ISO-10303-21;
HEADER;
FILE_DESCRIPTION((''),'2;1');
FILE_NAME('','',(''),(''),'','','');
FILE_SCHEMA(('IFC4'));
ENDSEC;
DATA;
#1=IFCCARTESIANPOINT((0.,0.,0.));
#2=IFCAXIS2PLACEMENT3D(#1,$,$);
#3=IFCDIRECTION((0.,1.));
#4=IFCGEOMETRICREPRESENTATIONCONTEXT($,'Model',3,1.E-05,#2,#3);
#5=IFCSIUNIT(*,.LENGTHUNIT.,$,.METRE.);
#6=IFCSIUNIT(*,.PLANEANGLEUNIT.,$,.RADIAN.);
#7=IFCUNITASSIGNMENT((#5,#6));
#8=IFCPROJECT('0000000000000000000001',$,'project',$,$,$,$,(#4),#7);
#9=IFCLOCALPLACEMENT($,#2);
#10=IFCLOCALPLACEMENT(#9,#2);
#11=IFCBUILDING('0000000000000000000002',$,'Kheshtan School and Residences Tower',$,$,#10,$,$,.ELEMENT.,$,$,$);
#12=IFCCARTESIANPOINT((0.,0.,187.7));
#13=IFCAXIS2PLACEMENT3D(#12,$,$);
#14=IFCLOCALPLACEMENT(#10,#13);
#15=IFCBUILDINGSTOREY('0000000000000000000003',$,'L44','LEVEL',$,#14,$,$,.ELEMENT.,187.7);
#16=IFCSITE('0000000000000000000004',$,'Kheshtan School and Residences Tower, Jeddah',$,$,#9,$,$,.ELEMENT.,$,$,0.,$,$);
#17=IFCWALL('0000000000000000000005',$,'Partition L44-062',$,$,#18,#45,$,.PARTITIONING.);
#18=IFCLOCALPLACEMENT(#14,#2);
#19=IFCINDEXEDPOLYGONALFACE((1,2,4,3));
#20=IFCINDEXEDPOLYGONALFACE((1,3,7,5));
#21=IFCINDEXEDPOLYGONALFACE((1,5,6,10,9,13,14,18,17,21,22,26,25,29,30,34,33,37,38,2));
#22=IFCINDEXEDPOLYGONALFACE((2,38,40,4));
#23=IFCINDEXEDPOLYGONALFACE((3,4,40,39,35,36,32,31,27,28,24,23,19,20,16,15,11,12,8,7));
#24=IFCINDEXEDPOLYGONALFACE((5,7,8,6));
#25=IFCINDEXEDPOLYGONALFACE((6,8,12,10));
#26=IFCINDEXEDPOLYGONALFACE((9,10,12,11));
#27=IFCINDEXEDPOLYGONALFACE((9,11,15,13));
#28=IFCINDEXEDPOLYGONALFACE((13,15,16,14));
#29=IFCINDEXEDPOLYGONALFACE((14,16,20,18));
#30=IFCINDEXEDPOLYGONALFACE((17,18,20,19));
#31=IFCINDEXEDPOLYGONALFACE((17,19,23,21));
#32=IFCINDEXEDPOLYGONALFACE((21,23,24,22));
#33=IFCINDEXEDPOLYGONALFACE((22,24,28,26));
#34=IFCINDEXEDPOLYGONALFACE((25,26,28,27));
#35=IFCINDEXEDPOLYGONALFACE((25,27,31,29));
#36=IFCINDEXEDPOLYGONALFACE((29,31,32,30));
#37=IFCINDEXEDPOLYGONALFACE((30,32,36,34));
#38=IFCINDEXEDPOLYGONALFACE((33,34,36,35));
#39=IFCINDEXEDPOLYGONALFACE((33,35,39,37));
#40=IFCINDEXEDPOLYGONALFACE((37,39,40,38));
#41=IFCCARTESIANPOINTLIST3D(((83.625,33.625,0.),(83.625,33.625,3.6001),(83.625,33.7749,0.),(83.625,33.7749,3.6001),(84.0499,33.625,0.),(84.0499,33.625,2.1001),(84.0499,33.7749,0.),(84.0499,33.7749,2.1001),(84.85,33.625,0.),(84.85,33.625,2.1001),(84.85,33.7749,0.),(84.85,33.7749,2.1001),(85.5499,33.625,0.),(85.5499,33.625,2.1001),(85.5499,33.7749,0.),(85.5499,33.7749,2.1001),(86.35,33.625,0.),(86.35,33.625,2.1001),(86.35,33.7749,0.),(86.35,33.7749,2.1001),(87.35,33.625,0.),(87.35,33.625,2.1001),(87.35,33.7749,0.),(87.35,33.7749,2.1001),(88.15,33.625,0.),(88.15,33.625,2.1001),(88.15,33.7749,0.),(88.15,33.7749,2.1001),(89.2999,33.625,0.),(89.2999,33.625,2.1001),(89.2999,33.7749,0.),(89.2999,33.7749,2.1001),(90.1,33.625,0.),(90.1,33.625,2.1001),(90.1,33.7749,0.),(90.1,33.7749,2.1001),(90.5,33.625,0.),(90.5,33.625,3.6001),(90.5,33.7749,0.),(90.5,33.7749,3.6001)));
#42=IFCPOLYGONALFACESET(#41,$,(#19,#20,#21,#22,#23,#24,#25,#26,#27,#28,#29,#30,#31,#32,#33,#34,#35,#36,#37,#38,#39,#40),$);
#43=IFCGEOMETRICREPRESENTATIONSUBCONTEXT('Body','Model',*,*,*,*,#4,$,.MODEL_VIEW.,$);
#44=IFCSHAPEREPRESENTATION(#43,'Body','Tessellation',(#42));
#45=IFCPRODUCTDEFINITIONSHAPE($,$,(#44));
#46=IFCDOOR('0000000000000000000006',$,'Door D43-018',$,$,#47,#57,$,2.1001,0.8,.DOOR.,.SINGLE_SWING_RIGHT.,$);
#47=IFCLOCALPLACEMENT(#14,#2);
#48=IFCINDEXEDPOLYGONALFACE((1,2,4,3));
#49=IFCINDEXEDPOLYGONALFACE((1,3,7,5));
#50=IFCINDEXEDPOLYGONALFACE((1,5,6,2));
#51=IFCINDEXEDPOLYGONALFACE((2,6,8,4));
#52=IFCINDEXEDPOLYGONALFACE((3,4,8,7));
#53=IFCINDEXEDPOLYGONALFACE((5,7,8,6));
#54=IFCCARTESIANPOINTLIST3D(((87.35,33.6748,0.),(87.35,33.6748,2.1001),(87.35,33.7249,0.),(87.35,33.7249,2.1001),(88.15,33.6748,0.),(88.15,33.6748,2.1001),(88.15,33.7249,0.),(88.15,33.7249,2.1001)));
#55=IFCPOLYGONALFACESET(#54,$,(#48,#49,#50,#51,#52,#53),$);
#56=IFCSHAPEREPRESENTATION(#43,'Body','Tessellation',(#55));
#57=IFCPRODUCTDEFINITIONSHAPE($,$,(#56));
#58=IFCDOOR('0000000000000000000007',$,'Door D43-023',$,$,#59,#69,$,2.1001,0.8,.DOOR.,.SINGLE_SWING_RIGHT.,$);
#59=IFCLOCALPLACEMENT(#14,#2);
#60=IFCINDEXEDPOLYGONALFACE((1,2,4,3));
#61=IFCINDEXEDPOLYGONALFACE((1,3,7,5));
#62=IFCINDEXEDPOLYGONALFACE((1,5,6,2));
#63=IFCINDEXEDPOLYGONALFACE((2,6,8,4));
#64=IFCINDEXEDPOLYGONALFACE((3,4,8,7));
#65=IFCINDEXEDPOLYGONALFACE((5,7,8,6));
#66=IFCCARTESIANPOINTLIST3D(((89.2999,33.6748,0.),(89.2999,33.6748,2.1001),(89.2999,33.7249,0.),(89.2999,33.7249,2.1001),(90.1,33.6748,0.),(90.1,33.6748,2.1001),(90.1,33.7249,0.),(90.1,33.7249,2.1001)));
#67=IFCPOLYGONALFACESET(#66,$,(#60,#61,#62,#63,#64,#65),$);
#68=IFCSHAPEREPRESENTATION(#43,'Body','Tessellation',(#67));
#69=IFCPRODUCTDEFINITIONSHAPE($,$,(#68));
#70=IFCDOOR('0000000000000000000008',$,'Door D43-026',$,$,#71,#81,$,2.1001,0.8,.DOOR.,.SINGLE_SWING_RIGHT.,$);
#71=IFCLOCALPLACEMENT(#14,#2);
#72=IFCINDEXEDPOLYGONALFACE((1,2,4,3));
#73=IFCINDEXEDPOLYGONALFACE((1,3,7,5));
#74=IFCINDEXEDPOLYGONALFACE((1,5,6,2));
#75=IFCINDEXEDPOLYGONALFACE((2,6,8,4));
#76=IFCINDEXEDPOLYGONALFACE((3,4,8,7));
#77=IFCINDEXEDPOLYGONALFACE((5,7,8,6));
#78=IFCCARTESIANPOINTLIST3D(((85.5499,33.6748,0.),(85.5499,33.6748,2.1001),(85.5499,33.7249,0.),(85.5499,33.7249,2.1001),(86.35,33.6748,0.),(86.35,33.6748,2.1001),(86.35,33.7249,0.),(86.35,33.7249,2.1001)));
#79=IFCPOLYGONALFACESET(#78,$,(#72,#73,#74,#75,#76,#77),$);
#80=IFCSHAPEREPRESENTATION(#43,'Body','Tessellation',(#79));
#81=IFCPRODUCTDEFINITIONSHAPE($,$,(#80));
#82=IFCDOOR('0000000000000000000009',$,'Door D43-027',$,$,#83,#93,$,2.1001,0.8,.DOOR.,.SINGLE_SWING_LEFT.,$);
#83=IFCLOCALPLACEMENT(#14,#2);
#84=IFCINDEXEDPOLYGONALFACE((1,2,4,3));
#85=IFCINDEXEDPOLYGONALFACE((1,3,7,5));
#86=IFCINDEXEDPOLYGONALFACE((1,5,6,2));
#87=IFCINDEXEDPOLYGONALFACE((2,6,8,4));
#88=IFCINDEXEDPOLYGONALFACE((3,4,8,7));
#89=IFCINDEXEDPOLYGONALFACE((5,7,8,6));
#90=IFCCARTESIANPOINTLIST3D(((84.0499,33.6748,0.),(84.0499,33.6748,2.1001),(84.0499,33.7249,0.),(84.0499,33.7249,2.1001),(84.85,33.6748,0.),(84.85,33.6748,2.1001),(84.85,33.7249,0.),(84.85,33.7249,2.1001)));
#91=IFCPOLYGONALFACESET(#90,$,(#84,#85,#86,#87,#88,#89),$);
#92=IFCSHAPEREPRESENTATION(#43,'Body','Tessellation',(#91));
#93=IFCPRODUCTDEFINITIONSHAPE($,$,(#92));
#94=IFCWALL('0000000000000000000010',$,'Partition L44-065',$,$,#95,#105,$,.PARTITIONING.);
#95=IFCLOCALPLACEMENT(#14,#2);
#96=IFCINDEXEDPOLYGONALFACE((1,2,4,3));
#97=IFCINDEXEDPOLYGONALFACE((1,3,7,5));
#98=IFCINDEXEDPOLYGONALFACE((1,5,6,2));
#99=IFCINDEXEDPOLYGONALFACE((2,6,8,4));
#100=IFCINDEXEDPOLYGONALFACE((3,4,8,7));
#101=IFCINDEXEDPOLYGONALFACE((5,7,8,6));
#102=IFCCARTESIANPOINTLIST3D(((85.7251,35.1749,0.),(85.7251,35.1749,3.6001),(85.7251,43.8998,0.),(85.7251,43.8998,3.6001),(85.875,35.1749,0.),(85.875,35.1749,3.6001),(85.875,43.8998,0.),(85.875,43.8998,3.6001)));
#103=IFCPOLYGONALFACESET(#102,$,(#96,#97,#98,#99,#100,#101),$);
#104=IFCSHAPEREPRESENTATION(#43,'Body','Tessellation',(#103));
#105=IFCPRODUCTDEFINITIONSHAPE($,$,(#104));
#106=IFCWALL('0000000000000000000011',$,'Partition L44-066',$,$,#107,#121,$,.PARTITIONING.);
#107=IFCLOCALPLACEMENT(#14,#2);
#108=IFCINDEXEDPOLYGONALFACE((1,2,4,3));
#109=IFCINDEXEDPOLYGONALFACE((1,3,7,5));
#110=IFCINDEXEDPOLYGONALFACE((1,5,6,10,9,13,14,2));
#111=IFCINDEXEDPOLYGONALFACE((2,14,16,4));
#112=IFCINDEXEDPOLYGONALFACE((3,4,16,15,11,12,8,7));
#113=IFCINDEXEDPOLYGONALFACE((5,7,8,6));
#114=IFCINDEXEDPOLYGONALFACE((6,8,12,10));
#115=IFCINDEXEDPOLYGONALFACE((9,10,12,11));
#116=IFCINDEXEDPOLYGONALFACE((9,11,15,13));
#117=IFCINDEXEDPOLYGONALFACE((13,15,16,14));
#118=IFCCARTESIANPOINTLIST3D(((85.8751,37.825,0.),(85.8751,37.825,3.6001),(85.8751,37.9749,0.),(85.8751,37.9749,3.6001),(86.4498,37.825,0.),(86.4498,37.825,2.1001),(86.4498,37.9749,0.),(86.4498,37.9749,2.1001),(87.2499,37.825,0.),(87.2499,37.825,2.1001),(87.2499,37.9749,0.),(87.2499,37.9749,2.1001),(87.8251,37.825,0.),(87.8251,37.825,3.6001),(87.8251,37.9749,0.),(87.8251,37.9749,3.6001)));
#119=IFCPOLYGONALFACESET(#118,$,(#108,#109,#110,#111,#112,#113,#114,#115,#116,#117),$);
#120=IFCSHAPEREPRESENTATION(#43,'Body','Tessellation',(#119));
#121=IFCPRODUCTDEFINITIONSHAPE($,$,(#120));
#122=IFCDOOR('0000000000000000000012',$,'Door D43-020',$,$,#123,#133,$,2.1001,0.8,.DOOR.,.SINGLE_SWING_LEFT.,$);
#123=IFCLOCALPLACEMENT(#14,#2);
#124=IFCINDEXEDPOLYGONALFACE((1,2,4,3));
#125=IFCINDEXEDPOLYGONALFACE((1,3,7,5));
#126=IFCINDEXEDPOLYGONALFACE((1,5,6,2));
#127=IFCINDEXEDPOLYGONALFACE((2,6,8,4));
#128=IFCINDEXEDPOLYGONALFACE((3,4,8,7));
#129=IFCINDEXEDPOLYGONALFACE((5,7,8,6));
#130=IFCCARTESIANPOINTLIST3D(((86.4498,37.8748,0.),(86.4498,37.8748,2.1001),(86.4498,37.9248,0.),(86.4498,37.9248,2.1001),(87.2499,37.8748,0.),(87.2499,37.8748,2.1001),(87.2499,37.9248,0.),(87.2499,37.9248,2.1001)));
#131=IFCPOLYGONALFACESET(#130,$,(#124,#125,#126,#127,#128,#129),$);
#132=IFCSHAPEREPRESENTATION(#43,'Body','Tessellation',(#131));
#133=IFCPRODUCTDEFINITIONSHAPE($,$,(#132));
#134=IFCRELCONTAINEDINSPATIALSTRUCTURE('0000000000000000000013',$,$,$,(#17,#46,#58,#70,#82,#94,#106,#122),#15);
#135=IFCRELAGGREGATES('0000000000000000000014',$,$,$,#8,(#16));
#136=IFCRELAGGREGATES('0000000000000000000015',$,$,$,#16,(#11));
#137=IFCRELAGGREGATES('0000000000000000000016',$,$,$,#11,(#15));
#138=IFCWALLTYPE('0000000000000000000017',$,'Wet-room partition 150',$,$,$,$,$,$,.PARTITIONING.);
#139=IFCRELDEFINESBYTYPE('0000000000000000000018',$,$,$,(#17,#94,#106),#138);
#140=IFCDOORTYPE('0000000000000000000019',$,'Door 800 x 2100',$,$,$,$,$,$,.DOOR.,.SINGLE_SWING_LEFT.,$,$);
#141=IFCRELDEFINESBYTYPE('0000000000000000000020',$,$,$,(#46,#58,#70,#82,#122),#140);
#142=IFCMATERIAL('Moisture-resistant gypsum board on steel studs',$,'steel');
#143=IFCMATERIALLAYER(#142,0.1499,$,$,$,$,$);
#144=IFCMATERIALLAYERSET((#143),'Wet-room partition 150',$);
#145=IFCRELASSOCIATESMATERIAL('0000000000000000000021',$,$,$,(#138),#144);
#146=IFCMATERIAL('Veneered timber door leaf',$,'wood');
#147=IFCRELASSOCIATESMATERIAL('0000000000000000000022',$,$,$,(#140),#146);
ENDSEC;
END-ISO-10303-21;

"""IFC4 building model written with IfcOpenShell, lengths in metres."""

from ifc_helpers import new_model, si_unit, direction, frame, frame_2d, origin, place, context, subcontext, project, spatial, rectangle, extrude, source, transform, mapped, material, layer, layer_set, type_object, element, fill, save


model = new_model("IFC4")

# Units and contexts
model_context = context("Model", 3, precision=1e-05, world=origin(), true_north=direction((0.0, 1.0)))
body_context = subcontext(model_context, "Body", "Model", "MODEL_VIEW")
ifc_project = project(units=[si_unit("LENGTHUNIT", "METRE"), si_unit("PLANEANGLEUNIT", "RADIAN")], contexts=[model_context])

# Site, building, storey
site_placement = place(None, origin())
site = spatial("IfcSite", under=ifc_project, at=site_placement, Name="Kheshtan School and Residences Tower, Jeddah", CompositionType="ELEMENT", RefElevation=0.0)
building_placement = place(site_placement, origin())
building = spatial("IfcBuilding", under=site, at=building_placement, Name="Kheshtan School and Residences Tower", CompositionType="ELEMENT")
storey_placement = place(building_placement, frame((0.0, 0.0, 187.7)))
storey = spatial("IfcBuildingStorey", under=building, at=storey_placement, Name="L44", Description="LEVEL", CompositionType="ELEMENT", Elevation=187.7)

# Wall, openings, doors
ifc_material_1 = material(Name="Moisture-resistant gypsum board on steel studs", Category="steel")
ifc_layer_1 = layer(ifc_material_1, 0.1499)
ifc_layer_set_1 = layer_set([ifc_layer_1], Name="Wet-room partition 150")
wall_type_1 = type_object("IfcWallType", Name="Wet-room partition 150", PredefinedType="PARTITIONING", material=ifc_layer_set_1)
ifc_material_2 = material(Name="Veneered timber door leaf", Category="wood")
wall_1_placement = place(storey_placement, frame((83.625, 33.7, 0.0), z_axis=(0.0, 0.0, 1.0), x_axis=(1.0, 0.0, 0.0)))
wall_1 = element("IfcWall", 1, at=wall_1_placement, inside=storey, type_object=wall_type_1, Name="Partition L44-062", PredefinedType="PARTITIONING", context=body_context, shape_type="SweptSolid", body=[
    extrude(rectangle(XDim=6.875, YDim=0.1499, at=frame_2d((3.4375, 0.0))), origin(), (0.0, 0.0, 1.0), 3.6001),
])
opening_1_placement = place(wall_1_placement, frame((3.7251, 0.0, 0.0)))
opening_1 = element("IfcOpeningElement", 2, at=opening_1_placement, cuts=wall_1, PredefinedType="OPENING", context=body_context, shape_type="SweptSolid", body=[
    extrude(rectangle(XDim=0.8, YDim=2.1001, at=frame_2d((0.3999, 1.05))), frame((0.0, 0.085, 0.0), z_axis=(0.0, -1.0, 0.0), x_axis=(1.0, 0.0, 0.0)), (0.0, 0.0, 1.0), 0.1699),
])
opening_2_placement = place(wall_1_placement, frame((5.675, 0.0, 0.0)))
opening_2 = element("IfcOpeningElement", 3, at=opening_2_placement, cuts=wall_1, PredefinedType="OPENING", context=body_context, shape_type="SweptSolid", body=[
    extrude(rectangle(XDim=0.8, YDim=2.1001, at=frame_2d((0.3999, 1.05))), frame((0.0, 0.085, 0.0), z_axis=(0.0, -1.0, 0.0), x_axis=(1.0, 0.0, 0.0)), (0.0, 0.0, 1.0), 0.1699),
])
opening_3_placement = place(wall_1_placement, frame((1.925, 0.0, 0.0)))
opening_3 = element("IfcOpeningElement", 4, at=opening_3_placement, cuts=wall_1, PredefinedType="OPENING", context=body_context, shape_type="SweptSolid", body=[
    extrude(rectangle(XDim=0.8, YDim=2.1001, at=frame_2d((0.3999, 1.05))), frame((0.0, 0.085, 0.0), z_axis=(0.0, -1.0, 0.0), x_axis=(1.0, 0.0, 0.0)), (0.0, 0.0, 1.0), 0.1699),
])
opening_4_placement = place(wall_1_placement, frame((0.425, 0.0, 0.0)))
opening_4 = element("IfcOpeningElement", 5, at=opening_4_placement, cuts=wall_1, PredefinedType="OPENING", context=body_context, shape_type="SweptSolid", body=[
    extrude(rectangle(XDim=0.8, YDim=2.1001, at=frame_2d((0.3999, 1.05))), frame((0.0, 0.085, 0.0), z_axis=(0.0, -1.0, 0.0), x_axis=(1.0, 0.0, 0.0)), (0.0, 0.0, 1.0), 0.1699),
])
door_type_1 = type_object("IfcDoorType", Name="Door 800 x 2100", OperationType="SINGLE_SWING_LEFT", PredefinedType="DOOR", material=ifc_material_2)
shared_shape_1 = source(origin(), body_context, "Body", "SweptSolid", [
    extrude(rectangle(XDim=0.8, YDim=2.1001, at=frame_2d((0.3999, 1.05))), frame((0.0, 0.0249, 0.0), z_axis=(0.0, -1.0, 0.0), x_axis=(1.0, 0.0, 0.0)), (0.0, 0.0, 1.0), 0.05),
])
door_1_placement = place(opening_1_placement, origin())
door_1 = element("IfcDoor", 6, at=door_1_placement, inside=storey, type_object=door_type_1, Name="Door D43-018", OperationType="SINGLE_SWING_RIGHT", OverallHeight=2.1001, OverallWidth=0.8, PredefinedType="DOOR", context=body_context, shape_type="MappedRepresentation", body=[
    mapped(shared_shape_1, transform((0.0, 0.0, 0.0), x_axis=(1.0, 0.0, 0.0), y_axis=(0.0, 1.0, 0.0), z_axis=(0.0, 0.0, 1.0), scale=1.0)),
])
fill(opening_1, door_1)
door_2_placement = place(opening_2_placement, origin())
door_2 = element("IfcDoor", 7, at=door_2_placement, inside=storey, type_object=door_type_1, Name="Door D43-023", OperationType="SINGLE_SWING_RIGHT", OverallHeight=2.1001, OverallWidth=0.8, PredefinedType="DOOR", context=body_context, shape_type="MappedRepresentation", body=[
    mapped(shared_shape_1, transform((0.0, 0.0, 0.0), x_axis=(1.0, 0.0, 0.0), y_axis=(0.0, 1.0, 0.0), z_axis=(0.0, 0.0, 1.0), scale=1.0)),
])
fill(opening_2, door_2)
door_3_placement = place(opening_3_placement, origin())
door_3 = element("IfcDoor", 8, at=door_3_placement, inside=storey, type_object=door_type_1, Name="Door D43-026", OperationType="SINGLE_SWING_RIGHT", OverallHeight=2.1001, OverallWidth=0.8, PredefinedType="DOOR", context=body_context, shape_type="MappedRepresentation", body=[
    mapped(shared_shape_1, transform((0.0, 0.0, 0.0), x_axis=(1.0, 0.0, 0.0), y_axis=(0.0, 1.0, 0.0), z_axis=(0.0, 0.0, 1.0), scale=1.0)),
])
fill(opening_3, door_3)
door_4_placement = place(opening_4_placement, origin())
door_4 = element("IfcDoor", 9, at=door_4_placement, inside=storey, type_object=door_type_1, Name="Door D43-027", OperationType="SINGLE_SWING_LEFT", OverallHeight=2.1001, OverallWidth=0.8, PredefinedType="DOOR", context=body_context, shape_type="MappedRepresentation", body=[
    mapped(shared_shape_1, transform((0.0, 0.0, 0.0), x_axis=(1.0, 0.0, 0.0), y_axis=(0.0, 1.0, 0.0), z_axis=(0.0, 0.0, 1.0), scale=1.0)),
])
fill(opening_4, door_4)

# Wall
wall_2_placement = place(storey_placement, frame((85.8, 35.175, 0.0), z_axis=(0.0, 0.0, 1.0), x_axis=(0.0, 1.0, 0.0)))
element("IfcWall", 10, at=wall_2_placement, inside=storey, type_object=wall_type_1, Name="Partition L44-065", PredefinedType="PARTITIONING", context=body_context, shape_type="SweptSolid", body=[
    extrude(rectangle(XDim=8.7249, YDim=0.1499, at=frame_2d((4.3623, 0.0))), origin(), (0.0, 0.0, 1.0), 3.6001),
])

# Wall, opening, door
wall_3_placement = place(storey_placement, frame((85.875, 37.8999, 0.0), z_axis=(0.0, 0.0, 1.0), x_axis=(1.0, 0.0, 0.0)))
wall_3 = element("IfcWall", 11, at=wall_3_placement, inside=storey, type_object=wall_type_1, Name="Partition L44-066", PredefinedType="PARTITIONING", context=body_context, shape_type="SweptSolid", body=[
    extrude(rectangle(XDim=1.95, YDim=0.1499, at=frame_2d((0.9751, 0.0))), origin(), (0.0, 0.0, 1.0), 3.6001),
])
opening_5_placement = place(wall_3_placement, frame((0.575, 0.0, 0.0)))
opening_5 = element("IfcOpeningElement", 12, at=opening_5_placement, cuts=wall_3, PredefinedType="OPENING", context=body_context, shape_type="SweptSolid", body=[
    extrude(rectangle(XDim=0.8, YDim=2.1001, at=frame_2d((0.3999, 1.05))), frame((0.0, 0.085, 0.0), z_axis=(0.0, -1.0, 0.0), x_axis=(1.0, 0.0, 0.0)), (0.0, 0.0, 1.0), 0.1699),
])
door_5_placement = place(opening_5_placement, origin())
door_5 = element("IfcDoor", 13, at=door_5_placement, inside=storey, type_object=door_type_1, Name="Door D43-020", OperationType="SINGLE_SWING_LEFT", OverallHeight=2.1001, OverallWidth=0.8, PredefinedType="DOOR", context=body_context, shape_type="MappedRepresentation", body=[
    mapped(shared_shape_1, transform((0.0, 0.0, 0.0), x_axis=(1.0, 0.0, 0.0), y_axis=(0.0, 1.0, 0.0), z_axis=(0.0, 0.0, 1.0), scale=1.0)),
])
fill(opening_5, door_5)

save(model, "model.ifc")
